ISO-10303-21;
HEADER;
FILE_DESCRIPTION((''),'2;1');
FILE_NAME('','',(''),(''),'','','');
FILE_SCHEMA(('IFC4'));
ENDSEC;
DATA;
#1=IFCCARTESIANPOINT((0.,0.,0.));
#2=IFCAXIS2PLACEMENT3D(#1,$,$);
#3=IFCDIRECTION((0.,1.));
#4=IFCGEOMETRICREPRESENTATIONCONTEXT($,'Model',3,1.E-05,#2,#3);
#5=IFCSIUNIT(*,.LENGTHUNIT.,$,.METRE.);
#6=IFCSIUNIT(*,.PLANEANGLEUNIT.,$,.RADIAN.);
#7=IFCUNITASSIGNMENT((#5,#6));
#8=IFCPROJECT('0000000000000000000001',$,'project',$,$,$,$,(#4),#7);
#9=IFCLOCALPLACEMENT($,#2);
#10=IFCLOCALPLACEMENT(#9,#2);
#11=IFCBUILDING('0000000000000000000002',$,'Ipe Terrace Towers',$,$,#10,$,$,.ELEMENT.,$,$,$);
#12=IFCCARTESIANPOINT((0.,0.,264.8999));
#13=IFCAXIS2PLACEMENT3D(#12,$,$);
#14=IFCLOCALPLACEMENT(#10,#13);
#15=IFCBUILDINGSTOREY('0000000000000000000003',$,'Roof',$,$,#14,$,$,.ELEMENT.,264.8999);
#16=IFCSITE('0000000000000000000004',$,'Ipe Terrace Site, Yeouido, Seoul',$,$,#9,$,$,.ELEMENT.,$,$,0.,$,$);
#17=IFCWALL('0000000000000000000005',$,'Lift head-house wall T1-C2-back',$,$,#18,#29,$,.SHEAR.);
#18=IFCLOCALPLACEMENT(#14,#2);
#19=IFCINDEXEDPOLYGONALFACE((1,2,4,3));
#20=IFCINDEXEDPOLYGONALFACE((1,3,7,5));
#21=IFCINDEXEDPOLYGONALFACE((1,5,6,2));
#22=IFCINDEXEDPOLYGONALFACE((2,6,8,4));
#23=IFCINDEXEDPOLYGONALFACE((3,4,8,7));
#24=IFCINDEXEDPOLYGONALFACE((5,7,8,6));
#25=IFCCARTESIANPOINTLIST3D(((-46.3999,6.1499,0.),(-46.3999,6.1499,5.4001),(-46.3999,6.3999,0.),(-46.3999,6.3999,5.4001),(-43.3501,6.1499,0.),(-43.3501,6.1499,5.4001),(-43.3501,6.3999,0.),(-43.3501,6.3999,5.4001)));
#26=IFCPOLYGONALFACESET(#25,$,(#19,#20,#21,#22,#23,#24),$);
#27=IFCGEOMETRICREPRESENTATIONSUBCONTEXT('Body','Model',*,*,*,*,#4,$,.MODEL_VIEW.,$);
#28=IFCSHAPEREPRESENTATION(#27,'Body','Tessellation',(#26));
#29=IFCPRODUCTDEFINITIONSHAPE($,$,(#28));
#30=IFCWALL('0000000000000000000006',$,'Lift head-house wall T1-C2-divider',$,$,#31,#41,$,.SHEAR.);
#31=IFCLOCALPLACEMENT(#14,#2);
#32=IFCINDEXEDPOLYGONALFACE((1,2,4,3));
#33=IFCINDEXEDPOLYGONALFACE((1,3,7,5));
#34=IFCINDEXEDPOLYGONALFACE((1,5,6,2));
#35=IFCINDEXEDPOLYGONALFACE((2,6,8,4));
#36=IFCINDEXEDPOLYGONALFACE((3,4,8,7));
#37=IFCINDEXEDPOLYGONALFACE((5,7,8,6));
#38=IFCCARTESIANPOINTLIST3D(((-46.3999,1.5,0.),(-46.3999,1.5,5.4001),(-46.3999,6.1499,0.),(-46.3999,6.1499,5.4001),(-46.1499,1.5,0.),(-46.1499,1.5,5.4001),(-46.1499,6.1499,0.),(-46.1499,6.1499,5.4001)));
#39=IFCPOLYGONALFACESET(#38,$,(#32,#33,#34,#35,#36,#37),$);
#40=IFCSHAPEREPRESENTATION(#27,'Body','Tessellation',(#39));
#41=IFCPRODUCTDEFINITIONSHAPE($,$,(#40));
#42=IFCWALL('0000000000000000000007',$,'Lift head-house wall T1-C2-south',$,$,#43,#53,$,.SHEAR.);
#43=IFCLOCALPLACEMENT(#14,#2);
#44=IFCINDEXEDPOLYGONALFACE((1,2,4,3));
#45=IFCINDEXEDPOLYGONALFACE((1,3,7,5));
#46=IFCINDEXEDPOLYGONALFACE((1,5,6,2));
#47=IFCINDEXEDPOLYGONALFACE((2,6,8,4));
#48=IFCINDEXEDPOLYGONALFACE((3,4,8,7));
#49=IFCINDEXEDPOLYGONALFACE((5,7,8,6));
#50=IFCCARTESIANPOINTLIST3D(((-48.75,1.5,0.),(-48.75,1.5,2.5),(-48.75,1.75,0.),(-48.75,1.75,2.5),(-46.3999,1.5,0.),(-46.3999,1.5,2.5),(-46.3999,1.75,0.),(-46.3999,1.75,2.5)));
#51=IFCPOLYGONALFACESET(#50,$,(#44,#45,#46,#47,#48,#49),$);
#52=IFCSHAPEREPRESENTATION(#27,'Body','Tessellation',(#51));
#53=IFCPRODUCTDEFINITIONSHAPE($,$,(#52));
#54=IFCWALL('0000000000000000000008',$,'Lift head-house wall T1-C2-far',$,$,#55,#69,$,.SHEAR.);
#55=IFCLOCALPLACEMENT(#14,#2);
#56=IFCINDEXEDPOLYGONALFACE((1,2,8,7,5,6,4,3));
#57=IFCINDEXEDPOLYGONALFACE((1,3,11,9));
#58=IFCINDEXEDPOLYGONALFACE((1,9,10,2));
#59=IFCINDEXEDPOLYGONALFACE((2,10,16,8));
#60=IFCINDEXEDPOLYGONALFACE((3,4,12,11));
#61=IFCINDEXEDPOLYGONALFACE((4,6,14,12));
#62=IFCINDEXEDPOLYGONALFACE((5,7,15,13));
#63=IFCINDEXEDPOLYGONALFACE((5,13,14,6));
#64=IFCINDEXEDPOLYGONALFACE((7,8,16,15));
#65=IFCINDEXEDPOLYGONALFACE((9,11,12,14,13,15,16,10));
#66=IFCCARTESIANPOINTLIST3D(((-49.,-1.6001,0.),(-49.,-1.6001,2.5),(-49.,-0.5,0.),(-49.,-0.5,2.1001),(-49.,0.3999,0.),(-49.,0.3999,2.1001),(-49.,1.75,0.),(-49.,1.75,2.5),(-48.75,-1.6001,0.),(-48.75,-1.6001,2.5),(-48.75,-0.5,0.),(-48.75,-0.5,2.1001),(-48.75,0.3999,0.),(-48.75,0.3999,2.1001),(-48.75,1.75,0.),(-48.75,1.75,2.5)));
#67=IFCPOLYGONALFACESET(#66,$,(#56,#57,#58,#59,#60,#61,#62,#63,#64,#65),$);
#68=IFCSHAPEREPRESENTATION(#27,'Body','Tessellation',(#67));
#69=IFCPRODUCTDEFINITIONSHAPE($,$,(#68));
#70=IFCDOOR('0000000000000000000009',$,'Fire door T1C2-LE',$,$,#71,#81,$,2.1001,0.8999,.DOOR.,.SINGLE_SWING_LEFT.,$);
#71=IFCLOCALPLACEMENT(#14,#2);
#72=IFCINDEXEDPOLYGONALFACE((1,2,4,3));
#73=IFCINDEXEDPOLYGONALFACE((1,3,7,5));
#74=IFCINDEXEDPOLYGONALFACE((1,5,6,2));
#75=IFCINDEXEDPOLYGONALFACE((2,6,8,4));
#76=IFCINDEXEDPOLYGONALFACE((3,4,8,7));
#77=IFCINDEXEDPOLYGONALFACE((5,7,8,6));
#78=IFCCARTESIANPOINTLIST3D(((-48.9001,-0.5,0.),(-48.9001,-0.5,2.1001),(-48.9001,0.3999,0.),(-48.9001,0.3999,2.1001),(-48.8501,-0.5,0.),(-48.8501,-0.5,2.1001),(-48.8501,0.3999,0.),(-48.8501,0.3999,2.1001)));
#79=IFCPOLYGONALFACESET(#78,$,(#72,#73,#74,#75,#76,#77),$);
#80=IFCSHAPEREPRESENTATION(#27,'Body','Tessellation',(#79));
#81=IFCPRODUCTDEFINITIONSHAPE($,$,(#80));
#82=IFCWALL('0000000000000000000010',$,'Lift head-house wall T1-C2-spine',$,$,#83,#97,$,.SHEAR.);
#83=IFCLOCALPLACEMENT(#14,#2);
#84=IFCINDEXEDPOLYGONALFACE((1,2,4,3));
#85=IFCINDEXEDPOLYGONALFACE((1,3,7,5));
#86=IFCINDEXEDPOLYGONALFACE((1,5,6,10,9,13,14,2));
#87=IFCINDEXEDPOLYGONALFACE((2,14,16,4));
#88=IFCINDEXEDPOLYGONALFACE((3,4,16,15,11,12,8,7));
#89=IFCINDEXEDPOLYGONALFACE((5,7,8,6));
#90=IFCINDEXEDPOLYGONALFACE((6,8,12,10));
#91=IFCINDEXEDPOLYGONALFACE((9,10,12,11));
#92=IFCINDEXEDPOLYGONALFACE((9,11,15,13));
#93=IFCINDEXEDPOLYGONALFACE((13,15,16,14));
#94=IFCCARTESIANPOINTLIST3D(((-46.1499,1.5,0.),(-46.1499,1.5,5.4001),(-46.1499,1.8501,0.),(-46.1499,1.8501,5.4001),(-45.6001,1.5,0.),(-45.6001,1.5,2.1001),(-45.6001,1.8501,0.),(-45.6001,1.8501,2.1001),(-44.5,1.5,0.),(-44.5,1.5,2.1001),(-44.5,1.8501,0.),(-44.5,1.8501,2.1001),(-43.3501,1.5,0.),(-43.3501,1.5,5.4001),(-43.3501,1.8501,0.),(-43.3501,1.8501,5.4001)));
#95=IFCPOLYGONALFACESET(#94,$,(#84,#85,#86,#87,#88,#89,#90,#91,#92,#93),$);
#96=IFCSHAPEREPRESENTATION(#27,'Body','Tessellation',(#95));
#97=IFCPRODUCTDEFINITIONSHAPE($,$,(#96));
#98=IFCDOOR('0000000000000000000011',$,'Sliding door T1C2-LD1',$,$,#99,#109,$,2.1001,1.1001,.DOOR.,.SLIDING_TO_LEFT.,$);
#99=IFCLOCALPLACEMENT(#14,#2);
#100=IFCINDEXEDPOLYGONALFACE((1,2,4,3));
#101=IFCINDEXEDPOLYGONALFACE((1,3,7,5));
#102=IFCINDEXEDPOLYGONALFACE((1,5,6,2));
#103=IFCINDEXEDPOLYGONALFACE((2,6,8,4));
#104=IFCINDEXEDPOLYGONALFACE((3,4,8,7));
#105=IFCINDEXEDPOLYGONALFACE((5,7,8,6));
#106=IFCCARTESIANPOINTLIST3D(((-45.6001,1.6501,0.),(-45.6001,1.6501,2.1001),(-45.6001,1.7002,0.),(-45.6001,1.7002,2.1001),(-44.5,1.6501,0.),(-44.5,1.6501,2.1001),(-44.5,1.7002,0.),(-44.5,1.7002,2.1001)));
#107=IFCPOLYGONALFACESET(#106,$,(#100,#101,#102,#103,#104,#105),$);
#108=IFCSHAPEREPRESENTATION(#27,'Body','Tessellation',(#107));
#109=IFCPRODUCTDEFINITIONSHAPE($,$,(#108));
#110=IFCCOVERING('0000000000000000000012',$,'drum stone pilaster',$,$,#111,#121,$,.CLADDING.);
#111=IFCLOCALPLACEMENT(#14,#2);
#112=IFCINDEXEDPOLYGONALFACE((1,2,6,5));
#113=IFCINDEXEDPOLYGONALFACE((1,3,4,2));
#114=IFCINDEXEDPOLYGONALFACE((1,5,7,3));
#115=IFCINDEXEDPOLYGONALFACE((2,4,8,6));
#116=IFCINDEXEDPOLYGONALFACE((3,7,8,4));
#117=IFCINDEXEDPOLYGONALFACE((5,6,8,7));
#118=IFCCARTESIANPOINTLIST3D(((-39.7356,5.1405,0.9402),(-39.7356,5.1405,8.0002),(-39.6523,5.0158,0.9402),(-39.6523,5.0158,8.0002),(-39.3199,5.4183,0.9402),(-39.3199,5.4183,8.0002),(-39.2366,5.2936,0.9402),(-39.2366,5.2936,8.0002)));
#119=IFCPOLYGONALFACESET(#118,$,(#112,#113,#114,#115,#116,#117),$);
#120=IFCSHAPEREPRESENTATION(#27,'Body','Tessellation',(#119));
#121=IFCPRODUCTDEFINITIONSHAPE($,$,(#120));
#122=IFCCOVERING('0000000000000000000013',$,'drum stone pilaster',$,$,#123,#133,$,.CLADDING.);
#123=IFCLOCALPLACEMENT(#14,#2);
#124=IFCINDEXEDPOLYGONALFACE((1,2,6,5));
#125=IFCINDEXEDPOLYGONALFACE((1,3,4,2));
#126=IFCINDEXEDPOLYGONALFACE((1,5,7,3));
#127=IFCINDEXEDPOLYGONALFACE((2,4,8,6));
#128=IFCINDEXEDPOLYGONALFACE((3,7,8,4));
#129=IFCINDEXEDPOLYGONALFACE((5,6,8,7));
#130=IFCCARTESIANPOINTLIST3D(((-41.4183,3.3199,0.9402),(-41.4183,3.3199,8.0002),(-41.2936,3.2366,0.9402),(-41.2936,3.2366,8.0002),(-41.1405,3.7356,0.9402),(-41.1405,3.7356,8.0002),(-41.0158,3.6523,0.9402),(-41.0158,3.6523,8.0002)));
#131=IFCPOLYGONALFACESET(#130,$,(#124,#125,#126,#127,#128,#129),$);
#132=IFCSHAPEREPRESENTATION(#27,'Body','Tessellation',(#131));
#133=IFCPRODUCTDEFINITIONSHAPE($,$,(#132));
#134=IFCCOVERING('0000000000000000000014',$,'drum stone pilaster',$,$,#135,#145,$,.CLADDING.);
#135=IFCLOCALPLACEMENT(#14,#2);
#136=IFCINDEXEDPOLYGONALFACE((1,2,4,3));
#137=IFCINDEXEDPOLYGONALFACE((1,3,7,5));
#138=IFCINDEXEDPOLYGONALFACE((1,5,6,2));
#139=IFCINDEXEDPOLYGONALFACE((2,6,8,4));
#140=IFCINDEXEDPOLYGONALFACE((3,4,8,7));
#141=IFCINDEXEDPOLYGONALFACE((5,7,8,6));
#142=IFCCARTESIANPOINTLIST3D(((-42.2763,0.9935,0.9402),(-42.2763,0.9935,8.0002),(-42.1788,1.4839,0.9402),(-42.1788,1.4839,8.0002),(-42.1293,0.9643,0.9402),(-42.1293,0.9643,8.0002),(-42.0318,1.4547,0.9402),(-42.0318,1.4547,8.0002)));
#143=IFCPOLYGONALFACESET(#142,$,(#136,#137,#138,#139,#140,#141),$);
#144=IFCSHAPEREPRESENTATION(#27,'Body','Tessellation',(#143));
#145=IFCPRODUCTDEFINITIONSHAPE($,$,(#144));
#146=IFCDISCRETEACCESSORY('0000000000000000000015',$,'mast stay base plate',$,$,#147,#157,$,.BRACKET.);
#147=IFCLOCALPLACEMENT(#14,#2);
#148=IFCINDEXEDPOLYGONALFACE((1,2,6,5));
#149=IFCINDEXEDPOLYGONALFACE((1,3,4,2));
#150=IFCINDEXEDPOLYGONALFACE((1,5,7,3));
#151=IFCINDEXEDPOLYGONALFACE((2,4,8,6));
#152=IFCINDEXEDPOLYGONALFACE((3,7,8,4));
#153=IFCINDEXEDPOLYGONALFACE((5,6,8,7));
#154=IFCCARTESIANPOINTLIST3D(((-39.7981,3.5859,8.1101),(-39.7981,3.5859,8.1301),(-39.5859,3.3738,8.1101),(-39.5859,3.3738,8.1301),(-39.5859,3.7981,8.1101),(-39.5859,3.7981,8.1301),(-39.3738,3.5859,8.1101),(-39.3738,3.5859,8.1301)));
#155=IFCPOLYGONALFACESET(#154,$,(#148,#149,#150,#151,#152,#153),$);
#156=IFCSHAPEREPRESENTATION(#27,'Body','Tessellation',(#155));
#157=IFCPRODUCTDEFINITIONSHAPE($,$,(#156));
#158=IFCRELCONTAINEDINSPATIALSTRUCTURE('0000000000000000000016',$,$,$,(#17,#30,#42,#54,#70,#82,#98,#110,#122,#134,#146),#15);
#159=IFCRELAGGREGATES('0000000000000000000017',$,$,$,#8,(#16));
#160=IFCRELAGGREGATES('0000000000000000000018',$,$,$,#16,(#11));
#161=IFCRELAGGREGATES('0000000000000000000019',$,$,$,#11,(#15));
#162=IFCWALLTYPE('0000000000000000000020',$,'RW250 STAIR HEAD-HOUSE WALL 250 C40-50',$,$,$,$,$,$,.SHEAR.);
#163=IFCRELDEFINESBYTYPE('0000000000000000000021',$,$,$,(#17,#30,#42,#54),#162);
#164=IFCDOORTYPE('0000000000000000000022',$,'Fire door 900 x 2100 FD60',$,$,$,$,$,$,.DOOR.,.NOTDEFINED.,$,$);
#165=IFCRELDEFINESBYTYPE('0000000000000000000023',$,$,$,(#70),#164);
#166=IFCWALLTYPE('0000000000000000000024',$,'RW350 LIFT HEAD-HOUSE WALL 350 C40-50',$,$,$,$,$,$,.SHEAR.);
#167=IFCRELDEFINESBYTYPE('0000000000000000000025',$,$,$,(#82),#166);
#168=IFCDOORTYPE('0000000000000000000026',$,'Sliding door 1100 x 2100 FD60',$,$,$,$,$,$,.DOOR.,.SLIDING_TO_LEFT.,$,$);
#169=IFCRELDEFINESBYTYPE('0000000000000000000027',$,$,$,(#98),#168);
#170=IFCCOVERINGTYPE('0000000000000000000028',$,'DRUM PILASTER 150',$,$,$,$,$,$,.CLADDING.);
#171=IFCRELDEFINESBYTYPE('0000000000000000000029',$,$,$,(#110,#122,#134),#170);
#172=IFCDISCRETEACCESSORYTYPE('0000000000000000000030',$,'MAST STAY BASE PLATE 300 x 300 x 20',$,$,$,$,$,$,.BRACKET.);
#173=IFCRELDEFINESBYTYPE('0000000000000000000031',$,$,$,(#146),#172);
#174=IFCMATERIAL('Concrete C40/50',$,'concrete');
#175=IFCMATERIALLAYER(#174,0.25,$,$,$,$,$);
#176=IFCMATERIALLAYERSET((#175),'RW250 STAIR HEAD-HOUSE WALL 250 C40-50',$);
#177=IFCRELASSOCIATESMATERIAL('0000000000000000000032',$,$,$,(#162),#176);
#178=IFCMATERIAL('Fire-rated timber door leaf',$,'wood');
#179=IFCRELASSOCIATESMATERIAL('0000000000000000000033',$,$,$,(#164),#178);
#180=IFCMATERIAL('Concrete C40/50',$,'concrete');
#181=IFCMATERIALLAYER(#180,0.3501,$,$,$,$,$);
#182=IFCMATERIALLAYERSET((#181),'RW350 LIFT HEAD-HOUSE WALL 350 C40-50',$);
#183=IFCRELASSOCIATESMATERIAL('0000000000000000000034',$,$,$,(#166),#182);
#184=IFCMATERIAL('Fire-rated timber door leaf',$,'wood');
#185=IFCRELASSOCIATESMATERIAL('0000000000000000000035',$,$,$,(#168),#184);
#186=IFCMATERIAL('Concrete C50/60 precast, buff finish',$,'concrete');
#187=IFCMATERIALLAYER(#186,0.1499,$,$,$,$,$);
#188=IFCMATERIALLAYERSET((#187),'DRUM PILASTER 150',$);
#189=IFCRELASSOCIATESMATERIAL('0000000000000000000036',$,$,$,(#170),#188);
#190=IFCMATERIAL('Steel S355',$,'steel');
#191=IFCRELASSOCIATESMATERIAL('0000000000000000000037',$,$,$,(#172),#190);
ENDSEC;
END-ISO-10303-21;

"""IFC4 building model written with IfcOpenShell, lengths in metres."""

from ifc_helpers import new_model, si_unit, direction, frame, frame_2d, origin, origin_2d, place, context, subcontext, project, spatial, rectangle, extrude, material, layer, layer_set, type_object, element, fill, save


model = new_model("IFC4")

# Units and contexts
model_context = context("Model", 3, precision=1e-05, world=origin(), true_north=direction((0.0, 1.0)))
body_context = subcontext(model_context, "Body", "Model", "MODEL_VIEW")
ifc_project = project(units=[si_unit("LENGTHUNIT", "METRE"), si_unit("PLANEANGLEUNIT", "RADIAN")], contexts=[model_context])

# Site, building, storey
site_placement = place(None, origin())
site = spatial("IfcSite", under=ifc_project, at=site_placement, Name="Ipe Terrace Site, Yeouido, Seoul", CompositionType="ELEMENT", RefElevation=0.0)
building_placement = place(site_placement, origin())
building = spatial("IfcBuilding", under=site, at=building_placement, Name="Ipe Terrace Towers", CompositionType="ELEMENT")
storey_placement = place(building_placement, frame((0.0, 0.0, 264.8999)))
storey = spatial("IfcBuildingStorey", under=building, at=storey_placement, Name="Roof", CompositionType="ELEMENT", Elevation=264.8999)

# Walls
ifc_material_1 = material(Name="Concrete C40/50", Category="concrete")
ifc_layer_1 = layer(ifc_material_1, 0.25)
ifc_layer_set_1 = layer_set([ifc_layer_1], Name="RW250 STAIR HEAD-HOUSE WALL 250 C40-50")
wall_type_1 = type_object("IfcWallType", Name="RW250 STAIR HEAD-HOUSE WALL 250 C40-50", PredefinedType="SHEAR", material=ifc_layer_set_1)
wall_1_placement = place(storey_placement, frame((-43.3501, 6.2749, 0.0), z_axis=(0.0, 0.0, 1.0), x_axis=(-1.0, 0.0, 0.0)))
element("IfcWall", 1, at=wall_1_placement, inside=storey, type_object=wall_type_1, Name="Lift head-house wall T1-C2-back", PredefinedType="SHEAR", context=body_context, shape_type="SweptSolid", body=[
    extrude(rectangle(XDim=3.0498, YDim=0.25, at=frame_2d((1.5249, 0.0))), origin(), (0.0, 0.0, 1.0), 5.4001),
])
wall_2_placement = place(storey_placement, frame((-46.2749, 6.1499, 0.0), z_axis=(0.0, 0.0, 1.0), x_axis=(0.0, -1.0, 0.0)))
element("IfcWall", 2, at=wall_2_placement, inside=storey, type_object=wall_type_1, Name="Lift head-house wall T1-C2-divider", PredefinedType="SHEAR", context=body_context, shape_type="SweptSolid", body=[
    extrude(rectangle(XDim=4.6499, YDim=0.25, at=frame_2d((2.325, 0.0))), origin(), (0.0, 0.0, 1.0), 5.4001),
])
wall_3_placement = place(storey_placement, frame((-46.3999, 1.625, 0.0), z_axis=(0.0, 0.0, 1.0), x_axis=(-1.0, 0.0, 0.0)))
element("IfcWall", 3, at=wall_3_placement, inside=storey, type_object=wall_type_1, Name="Lift head-house wall T1-C2-south", PredefinedType="SHEAR", context=body_context, shape_type="SweptSolid", body=[
    extrude(rectangle(XDim=2.3501, YDim=0.25, at=frame_2d((1.175, 0.0))), origin(), (0.0, 0.0, 1.0), 2.5),
])

# Walls, openings, doors
wall_4_placement = place(storey_placement, frame((-48.875, 1.75, 0.0), z_axis=(0.0, 0.0, 1.0), x_axis=(0.0, -1.0, 0.0)))
wall_4 = element("IfcWall", 4, at=wall_4_placement, inside=storey, type_object=wall_type_1, Name="Lift head-house wall T1-C2-far", PredefinedType="SHEAR", context=body_context, shape_type="SweptSolid", body=[
    extrude(rectangle(XDim=3.3501, YDim=0.25, at=frame_2d((1.675, 0.0))), origin(), (0.0, 0.0, 1.0), 2.5),
])
opening_1_placement = place(wall_4_placement, frame((1.3501, 0.0, 0.0)))
opening_1 = element("IfcOpeningElement", 5, at=opening_1_placement, cuts=wall_4, PredefinedType="OPENING", context=body_context, shape_type="SweptSolid", body=[
    extrude(rectangle(XDim=0.8999, YDim=2.1001, at=frame_2d((0.45, 1.05))), frame((0.0, 0.135, 0.0), z_axis=(0.0, -1.0, 0.0), x_axis=(1.0, 0.0, 0.0)), (0.0, 0.0, 1.0), 0.27),
])
ifc_material_2 = material(Name="Fire-rated timber door leaf", Category="wood")
door_type_1 = type_object("IfcDoorType", Name="Fire door 900 x 2100 FD60", OperationType="NOTDEFINED", PredefinedType="DOOR", material=ifc_material_2)
door_1_placement = place(opening_1_placement, origin())
door_1 = element("IfcDoor", 6, at=door_1_placement, inside=storey, type_object=door_type_1, Name="Fire door T1C2-LE", OperationType="SINGLE_SWING_LEFT", OverallHeight=2.1001, OverallWidth=0.8999, PredefinedType="DOOR", context=body_context, shape_type="SweptSolid", body=[
    extrude(rectangle(XDim=0.8999, YDim=2.1001, at=frame_2d((0.45, 1.05))), frame((0.0, 0.0249, 0.0), z_axis=(0.0, -1.0, 0.0), x_axis=(1.0, 0.0, 0.0)), (0.0, 0.0, 1.0), 0.05),
])
fill(opening_1, door_1)
ifc_material_3 = material(Name="Concrete C40/50", Category="concrete")
ifc_layer_2 = layer(ifc_material_3, 0.3501)
ifc_layer_set_2 = layer_set([ifc_layer_2], Name="RW350 LIFT HEAD-HOUSE WALL 350 C40-50")
wall_type_2 = type_object("IfcWallType", Name="RW350 LIFT HEAD-HOUSE WALL 350 C40-50", PredefinedType="SHEAR", material=ifc_layer_set_2)
wall_5_placement = place(storey_placement, frame((-43.3501, 1.675, 0.0), z_axis=(0.0, 0.0, 1.0), x_axis=(-1.0, 0.0, 0.0)))
wall_5 = element("IfcWall", 7, at=wall_5_placement, inside=storey, type_object=wall_type_2, Name="Lift head-house wall T1-C2-spine", PredefinedType="SHEAR", context=body_context, shape_type="SweptSolid", body=[
    extrude(rectangle(XDim=2.7998, YDim=0.3501, at=frame_2d((1.3999, 0.0))), origin(), (0.0, 0.0, 1.0), 5.4001),
])
opening_2_placement = place(wall_5_placement, frame((1.1499, 0.0, 0.0)))
opening_2 = element("IfcOpeningElement", 8, at=opening_2_placement, cuts=wall_5, PredefinedType="OPENING", context=body_context, shape_type="SweptSolid", body=[
    extrude(rectangle(XDim=1.1001, YDim=2.1001, at=frame_2d((0.55, 1.05))), frame((0.0, 0.1851, 0.0), z_axis=(0.0, -1.0, 0.0), x_axis=(1.0, 0.0, 0.0)), (0.0, 0.0, 1.0), 0.3701),
])
ifc_material_4 = material(Name="Fire-rated timber door leaf", Category="wood")
door_type_2 = type_object("IfcDoorType", Name="Sliding door 1100 x 2100 FD60", OperationType="SLIDING_TO_LEFT", PredefinedType="DOOR", material=ifc_material_4)
door_2_placement = place(opening_2_placement, origin())
door_2 = element("IfcDoor", 9, at=door_2_placement, inside=storey, type_object=door_type_2, Name="Sliding door T1C2-LD1", OperationType="SLIDING_TO_LEFT", OverallHeight=2.1001, OverallWidth=1.1001, PredefinedType="DOOR", context=body_context, shape_type="SweptSolid", body=[
    extrude(rectangle(XDim=1.1001, YDim=2.1001, at=frame_2d((0.55, 1.05))), frame((0.0, 0.0249, 0.0), z_axis=(0.0, -1.0, 0.0), x_axis=(1.0, 0.0, 0.0)), (0.0, 0.0, 1.0), 0.05),
])
fill(opening_2, door_2)

# Coverings
ifc_material_5 = material(Name="Concrete C50/60 precast, buff finish", Category="concrete")
ifc_layer_3 = layer(ifc_material_5, 0.1499)
ifc_layer_set_3 = layer_set([ifc_layer_3], Name="DRUM PILASTER 150")
covering_type = type_object("IfcCoveringType", Name="DRUM PILASTER 150", PredefinedType="CLADDING", material=ifc_layer_set_3)
for number, where, z_axis, x_axis, name in (
    (10, (-39.4861, 5.217, 0.9402), (0.0, 0.0, 1.0), (-0.55557, 0.83147, 0.0), "drum stone pilaster"),
    (11, (-41.217, 3.4861, 0.9402), (0.0, 0.0, 1.0), (-0.83147, 0.55557, 0.0), "drum stone pilaster"),
    (12, (-42.1541, 1.2241, 0.9402), (0.0, 0.0, 1.0), (-0.980785, 0.19509, 0.0), "drum stone pilaster"),
):
    element("IfcCovering", number, at=place(storey_placement, frame(where, z_axis=z_axis, x_axis=x_axis)), inside=storey, type_object=covering_type, Name=name, PredefinedType="CLADDING", context=body_context, shape_type="SweptSolid", body=[
        extrude(rectangle(XDim=0.1499, YDim=0.5, at=origin_2d()), origin(), (0.0, 0.0, 1.0), 7.0601),
    ])

# Discrete accessory
ifc_material_6 = material(Name="Steel S355", Category="steel")
discrete_accessory_type = type_object("IfcDiscreteAccessoryType", Name="MAST STAY BASE PLATE 300 x 300 x 20", PredefinedType="BRACKET", material=ifc_material_6)
discrete_accessory_placement = place(storey_placement, frame((-39.5859, 3.5859, 8.1101), z_axis=(0.0, 0.0, 1.0), x_axis=(0.707107, -0.707107, 0.0)))
element("IfcDiscreteAccessory", 13, at=discrete_accessory_placement, inside=storey, type_object=discrete_accessory_type, Name="mast stay base plate", PredefinedType="BRACKET", context=body_context, shape_type="SweptSolid", body=[
    extrude(rectangle(XDim=0.3, YDim=0.3, at=origin_2d()), origin(), (0.0, 0.0, 1.0), 0.02),
])

save(model, "model.ifc")
